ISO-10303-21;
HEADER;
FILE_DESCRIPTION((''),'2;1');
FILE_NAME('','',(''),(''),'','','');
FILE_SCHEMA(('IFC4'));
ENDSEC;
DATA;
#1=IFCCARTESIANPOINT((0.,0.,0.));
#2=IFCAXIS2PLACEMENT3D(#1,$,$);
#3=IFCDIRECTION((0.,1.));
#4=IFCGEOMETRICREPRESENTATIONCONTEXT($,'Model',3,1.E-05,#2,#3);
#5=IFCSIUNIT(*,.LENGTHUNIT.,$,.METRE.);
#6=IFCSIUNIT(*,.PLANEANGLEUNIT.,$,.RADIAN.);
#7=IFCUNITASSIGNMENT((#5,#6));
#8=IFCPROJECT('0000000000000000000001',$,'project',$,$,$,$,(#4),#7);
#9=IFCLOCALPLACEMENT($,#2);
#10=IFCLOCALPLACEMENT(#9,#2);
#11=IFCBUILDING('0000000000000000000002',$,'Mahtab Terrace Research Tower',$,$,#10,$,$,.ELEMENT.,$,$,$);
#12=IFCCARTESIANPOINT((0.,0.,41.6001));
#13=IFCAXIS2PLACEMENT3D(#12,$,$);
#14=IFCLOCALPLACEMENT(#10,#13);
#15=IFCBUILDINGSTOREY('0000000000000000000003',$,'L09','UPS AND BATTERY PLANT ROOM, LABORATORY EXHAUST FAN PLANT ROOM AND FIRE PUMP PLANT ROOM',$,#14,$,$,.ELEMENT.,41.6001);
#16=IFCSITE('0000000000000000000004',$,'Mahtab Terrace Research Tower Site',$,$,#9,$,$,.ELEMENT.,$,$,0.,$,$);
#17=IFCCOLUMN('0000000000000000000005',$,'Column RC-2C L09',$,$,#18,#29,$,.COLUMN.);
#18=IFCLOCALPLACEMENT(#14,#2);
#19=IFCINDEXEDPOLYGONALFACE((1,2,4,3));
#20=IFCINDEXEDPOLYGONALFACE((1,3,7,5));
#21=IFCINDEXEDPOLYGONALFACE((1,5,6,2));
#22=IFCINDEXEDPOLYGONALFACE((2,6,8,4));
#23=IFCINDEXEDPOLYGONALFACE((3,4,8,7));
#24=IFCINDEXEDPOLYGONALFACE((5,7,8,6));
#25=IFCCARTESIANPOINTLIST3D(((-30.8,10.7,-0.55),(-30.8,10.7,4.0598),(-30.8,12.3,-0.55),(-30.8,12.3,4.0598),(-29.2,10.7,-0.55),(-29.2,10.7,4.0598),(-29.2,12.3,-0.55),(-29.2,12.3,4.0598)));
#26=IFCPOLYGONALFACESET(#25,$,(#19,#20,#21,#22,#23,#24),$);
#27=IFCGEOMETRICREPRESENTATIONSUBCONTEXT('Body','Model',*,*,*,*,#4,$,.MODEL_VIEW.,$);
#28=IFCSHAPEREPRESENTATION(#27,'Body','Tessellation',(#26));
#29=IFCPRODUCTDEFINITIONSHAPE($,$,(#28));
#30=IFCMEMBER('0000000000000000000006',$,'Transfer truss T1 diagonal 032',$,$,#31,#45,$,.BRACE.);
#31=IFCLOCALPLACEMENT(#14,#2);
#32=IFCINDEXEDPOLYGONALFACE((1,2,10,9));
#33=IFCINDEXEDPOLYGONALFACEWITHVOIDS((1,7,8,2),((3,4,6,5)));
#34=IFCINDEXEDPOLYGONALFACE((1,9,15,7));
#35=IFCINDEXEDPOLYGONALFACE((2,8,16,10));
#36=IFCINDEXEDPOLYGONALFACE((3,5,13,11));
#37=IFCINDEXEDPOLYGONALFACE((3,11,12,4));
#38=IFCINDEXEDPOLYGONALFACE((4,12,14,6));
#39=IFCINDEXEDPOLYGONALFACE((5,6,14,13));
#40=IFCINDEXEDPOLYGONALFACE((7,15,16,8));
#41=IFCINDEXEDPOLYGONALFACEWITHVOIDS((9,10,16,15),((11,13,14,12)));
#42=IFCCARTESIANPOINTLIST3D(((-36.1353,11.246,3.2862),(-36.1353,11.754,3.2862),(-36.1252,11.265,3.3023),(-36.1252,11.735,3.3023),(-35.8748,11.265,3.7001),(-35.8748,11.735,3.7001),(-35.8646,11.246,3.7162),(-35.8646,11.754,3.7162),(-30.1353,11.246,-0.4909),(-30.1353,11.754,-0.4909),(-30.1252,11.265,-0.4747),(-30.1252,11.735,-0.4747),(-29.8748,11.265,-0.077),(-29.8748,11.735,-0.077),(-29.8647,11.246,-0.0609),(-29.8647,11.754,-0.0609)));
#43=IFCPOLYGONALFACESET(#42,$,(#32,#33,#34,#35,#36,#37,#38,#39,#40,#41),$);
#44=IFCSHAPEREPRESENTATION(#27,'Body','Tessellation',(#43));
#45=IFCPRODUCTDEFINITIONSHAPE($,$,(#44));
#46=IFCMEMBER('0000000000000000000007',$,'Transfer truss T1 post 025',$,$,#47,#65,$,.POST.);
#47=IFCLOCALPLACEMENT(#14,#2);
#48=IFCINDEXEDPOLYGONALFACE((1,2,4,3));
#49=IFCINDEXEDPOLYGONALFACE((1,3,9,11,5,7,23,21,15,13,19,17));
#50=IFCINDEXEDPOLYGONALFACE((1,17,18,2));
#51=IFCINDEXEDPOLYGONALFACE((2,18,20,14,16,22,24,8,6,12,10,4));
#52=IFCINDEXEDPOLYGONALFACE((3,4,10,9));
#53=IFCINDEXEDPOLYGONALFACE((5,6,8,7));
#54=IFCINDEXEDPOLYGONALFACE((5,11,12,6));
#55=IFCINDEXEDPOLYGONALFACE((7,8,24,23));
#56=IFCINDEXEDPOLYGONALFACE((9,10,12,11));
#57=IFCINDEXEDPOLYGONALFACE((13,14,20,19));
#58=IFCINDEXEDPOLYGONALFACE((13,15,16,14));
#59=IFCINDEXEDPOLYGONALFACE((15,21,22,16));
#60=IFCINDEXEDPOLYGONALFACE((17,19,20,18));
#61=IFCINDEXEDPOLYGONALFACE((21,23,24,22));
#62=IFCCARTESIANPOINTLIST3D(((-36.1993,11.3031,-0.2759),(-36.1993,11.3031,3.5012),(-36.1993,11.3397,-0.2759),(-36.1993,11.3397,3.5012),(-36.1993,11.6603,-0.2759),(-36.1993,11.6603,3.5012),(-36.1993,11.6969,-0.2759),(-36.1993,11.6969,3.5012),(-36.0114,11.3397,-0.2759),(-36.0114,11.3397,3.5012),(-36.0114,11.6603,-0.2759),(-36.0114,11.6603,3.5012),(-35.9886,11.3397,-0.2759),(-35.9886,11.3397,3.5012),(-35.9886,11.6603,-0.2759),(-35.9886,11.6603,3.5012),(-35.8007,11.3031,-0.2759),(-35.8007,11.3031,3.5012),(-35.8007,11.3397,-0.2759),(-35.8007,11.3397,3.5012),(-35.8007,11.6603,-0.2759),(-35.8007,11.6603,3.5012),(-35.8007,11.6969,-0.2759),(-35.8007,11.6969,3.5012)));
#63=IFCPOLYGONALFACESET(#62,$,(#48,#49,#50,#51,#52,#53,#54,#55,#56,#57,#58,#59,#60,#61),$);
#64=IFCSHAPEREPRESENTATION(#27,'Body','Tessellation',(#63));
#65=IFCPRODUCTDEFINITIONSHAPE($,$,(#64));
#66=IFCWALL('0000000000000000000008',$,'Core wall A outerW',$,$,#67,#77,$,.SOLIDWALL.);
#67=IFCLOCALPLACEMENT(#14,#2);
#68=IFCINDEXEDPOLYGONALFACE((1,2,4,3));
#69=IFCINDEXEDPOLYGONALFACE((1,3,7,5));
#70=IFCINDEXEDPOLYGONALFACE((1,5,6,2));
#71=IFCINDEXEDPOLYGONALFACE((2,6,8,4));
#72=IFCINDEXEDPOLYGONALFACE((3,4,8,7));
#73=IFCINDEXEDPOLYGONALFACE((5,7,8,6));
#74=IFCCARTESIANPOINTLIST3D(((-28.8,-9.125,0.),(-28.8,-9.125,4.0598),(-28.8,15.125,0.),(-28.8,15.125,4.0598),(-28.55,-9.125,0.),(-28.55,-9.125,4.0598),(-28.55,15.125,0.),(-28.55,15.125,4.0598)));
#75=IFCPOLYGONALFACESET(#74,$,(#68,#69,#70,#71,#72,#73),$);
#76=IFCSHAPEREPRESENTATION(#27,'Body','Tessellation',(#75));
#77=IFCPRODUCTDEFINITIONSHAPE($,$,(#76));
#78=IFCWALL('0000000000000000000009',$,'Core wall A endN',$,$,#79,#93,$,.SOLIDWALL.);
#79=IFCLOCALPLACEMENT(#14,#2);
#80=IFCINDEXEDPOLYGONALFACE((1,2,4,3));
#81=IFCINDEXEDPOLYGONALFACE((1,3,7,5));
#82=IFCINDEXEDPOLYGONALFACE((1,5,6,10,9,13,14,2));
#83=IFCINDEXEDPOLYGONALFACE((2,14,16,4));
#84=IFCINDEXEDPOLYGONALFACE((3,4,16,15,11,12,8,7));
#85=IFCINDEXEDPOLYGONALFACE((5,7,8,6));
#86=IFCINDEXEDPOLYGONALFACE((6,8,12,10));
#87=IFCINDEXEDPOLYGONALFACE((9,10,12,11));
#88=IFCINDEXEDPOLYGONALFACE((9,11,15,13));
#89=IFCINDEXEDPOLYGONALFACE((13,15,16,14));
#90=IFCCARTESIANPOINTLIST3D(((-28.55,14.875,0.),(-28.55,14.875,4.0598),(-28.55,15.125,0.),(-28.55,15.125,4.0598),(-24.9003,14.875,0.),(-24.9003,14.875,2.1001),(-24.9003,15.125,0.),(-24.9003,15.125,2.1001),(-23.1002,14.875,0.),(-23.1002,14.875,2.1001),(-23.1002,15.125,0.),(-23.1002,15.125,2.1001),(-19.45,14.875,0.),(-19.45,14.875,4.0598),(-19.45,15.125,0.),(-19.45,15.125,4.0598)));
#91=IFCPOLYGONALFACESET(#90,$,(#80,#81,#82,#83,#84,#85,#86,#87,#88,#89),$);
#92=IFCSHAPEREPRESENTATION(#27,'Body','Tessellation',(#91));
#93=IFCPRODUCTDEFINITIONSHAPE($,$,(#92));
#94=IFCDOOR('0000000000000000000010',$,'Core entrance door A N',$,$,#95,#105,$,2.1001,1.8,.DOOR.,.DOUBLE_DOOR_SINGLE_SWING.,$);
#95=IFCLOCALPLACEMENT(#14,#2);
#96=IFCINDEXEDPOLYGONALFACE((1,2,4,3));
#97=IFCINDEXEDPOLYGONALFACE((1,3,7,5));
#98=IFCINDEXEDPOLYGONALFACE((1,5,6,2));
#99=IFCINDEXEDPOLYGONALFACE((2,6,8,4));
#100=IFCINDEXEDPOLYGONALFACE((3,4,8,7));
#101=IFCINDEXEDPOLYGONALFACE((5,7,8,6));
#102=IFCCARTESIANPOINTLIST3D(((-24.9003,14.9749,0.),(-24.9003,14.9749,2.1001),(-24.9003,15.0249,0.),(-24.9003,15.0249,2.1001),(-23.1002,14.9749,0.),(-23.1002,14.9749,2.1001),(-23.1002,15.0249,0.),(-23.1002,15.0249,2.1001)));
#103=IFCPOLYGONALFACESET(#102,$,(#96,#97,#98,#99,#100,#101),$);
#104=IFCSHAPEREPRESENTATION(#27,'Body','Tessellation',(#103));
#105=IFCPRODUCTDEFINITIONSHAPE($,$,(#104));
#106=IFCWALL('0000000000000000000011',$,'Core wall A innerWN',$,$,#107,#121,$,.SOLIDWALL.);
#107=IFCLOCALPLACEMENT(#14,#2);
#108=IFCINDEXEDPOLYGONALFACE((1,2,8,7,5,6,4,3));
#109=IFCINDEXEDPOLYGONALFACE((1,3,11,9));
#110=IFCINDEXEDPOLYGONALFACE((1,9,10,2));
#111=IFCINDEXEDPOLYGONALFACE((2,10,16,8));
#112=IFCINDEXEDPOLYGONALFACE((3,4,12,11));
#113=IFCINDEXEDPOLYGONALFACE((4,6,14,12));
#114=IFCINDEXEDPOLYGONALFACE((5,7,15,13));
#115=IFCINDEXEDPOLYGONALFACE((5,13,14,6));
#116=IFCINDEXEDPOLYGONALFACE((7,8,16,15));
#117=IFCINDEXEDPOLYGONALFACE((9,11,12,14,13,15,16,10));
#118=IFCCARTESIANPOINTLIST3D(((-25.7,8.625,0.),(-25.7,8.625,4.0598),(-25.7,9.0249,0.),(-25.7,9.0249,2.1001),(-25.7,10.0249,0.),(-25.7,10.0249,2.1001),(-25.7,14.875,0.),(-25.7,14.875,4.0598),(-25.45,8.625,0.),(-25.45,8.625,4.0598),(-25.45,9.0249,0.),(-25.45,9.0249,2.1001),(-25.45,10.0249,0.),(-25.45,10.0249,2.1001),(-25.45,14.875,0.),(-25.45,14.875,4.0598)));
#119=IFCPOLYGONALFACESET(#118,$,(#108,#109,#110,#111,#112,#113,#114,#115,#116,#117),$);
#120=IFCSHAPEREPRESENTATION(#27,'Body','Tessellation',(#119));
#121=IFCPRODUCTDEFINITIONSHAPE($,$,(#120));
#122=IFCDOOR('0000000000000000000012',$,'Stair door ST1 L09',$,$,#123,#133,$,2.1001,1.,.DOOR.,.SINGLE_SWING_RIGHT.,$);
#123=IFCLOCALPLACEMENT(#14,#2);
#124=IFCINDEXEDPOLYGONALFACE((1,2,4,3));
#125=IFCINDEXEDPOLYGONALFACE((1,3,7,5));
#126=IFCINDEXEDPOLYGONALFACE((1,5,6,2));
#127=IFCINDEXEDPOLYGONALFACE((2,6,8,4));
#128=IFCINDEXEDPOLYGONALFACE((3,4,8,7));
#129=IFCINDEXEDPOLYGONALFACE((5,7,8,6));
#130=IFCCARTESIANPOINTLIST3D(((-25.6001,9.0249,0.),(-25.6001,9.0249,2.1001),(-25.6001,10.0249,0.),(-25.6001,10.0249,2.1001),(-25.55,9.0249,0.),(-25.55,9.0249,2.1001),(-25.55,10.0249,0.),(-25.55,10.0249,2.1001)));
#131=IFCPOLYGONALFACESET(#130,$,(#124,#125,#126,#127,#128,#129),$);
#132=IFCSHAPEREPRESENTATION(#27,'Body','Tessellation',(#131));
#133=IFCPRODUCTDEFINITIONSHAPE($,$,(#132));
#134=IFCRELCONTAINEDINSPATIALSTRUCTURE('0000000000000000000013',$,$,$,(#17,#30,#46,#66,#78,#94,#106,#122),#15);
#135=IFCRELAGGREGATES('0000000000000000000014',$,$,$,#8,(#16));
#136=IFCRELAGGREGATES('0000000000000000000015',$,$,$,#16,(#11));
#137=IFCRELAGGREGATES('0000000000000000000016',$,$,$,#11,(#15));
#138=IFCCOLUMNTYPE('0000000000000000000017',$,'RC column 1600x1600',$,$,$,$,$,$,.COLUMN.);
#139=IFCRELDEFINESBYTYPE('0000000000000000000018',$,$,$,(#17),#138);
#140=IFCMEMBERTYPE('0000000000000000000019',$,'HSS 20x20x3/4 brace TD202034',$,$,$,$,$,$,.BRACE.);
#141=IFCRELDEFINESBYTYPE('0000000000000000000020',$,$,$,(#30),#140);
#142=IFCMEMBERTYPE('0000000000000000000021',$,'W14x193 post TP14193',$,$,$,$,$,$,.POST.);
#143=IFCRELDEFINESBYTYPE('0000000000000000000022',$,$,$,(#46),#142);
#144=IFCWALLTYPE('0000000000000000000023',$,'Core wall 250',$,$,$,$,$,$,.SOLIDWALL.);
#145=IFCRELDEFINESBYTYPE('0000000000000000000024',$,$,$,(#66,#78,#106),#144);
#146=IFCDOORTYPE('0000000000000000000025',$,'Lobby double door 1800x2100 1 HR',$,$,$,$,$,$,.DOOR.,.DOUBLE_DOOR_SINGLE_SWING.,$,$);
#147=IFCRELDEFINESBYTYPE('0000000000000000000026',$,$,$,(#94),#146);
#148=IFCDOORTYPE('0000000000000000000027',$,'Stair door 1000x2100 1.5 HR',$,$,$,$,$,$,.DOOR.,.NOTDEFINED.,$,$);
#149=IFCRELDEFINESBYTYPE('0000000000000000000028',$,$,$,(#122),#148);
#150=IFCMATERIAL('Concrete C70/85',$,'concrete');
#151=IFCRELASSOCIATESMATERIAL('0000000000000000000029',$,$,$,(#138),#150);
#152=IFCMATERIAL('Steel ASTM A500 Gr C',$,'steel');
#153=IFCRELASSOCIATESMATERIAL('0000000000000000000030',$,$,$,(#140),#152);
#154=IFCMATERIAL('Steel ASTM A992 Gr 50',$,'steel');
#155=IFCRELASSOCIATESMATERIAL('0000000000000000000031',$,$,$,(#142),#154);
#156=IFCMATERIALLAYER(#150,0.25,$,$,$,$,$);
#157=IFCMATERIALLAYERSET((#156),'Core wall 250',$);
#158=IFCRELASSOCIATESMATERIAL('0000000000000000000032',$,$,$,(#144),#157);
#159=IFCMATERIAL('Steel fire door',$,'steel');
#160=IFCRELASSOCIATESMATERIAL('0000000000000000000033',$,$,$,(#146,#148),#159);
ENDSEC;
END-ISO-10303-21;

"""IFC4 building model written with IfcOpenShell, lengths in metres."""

from ifc_helpers import new_model, si_unit, direction, frame, frame_2d, origin, origin_2d, place, context, subcontext, project, spatial, rectangle, hollow_rectangle, i_section, extrude, material, layer, layer_set, material_profile, profile_set, type_object, element, fill, save


model = new_model("IFC4")

# Units and contexts
model_context = context("Model", 3, precision=1e-05, world=origin(), true_north=direction((0.0, 1.0)))
body_context = subcontext(model_context, "Body", "Model", "MODEL_VIEW")
ifc_project = project(units=[si_unit("LENGTHUNIT", "METRE"), si_unit("PLANEANGLEUNIT", "RADIAN")], contexts=[model_context])

# Site, building, storey
site_placement = place(None, origin())
site = spatial("IfcSite", under=ifc_project, at=site_placement, Name="Mahtab Terrace Research Tower Site", CompositionType="ELEMENT", RefElevation=0.0)
building_placement = place(site_placement, origin())
building = spatial("IfcBuilding", under=site, at=building_placement, Name="Mahtab Terrace Research Tower", CompositionType="ELEMENT")
storey_placement = place(building_placement, frame((0.0, 0.0, 41.6001)))
storey = spatial("IfcBuildingStorey", under=building, at=storey_placement, Name="L09", Description="UPS AND BATTERY PLANT ROOM, LABORATORY EXHAUST FAN PLANT ROOM AND FIRE PUMP PLANT ROOM", CompositionType="ELEMENT", Elevation=41.6001)

# Column
ifc_material_1 = material(Name="Concrete C70/85", Category="concrete")
ifc_material_profile_1 = material_profile(ifc_material_1, rectangle(XDim=1.6001, YDim=1.6001, at=origin_2d()), Name="RC column 1600x1600")
ifc_profile_set_1 = profile_set([ifc_material_profile_1], Name="Concrete C70/85")
column_type = type_object("IfcColumnType", Name="RC column 1600x1600", PredefinedType="COLUMN", material=ifc_profile_set_1)
column_placement = place(storey_placement, frame((-30.0, 11.5, -0.55), z_axis=(0.0, 0.0, 1.0), x_axis=(1.0, 0.0, 0.0)))
element("IfcColumn", 1, at=column_placement, inside=storey, type_object=column_type, Name="Column RC-2C L09", PredefinedType="COLUMN", context=body_context, shape_type="SweptSolid", body=[
    extrude(rectangle(XDim=1.6001, YDim=1.6001, at=origin_2d()), origin(), (0.0, 0.0, 1.0), 4.6099),
])

# Members
ifc_material_2 = material(Name="Steel ASTM A500 Gr C", Category="steel")
ifc_material_profile_2 = material_profile(ifc_material_2, hollow_rectangle(XDim=0.5081, YDim=0.5081, WallThickness=0.019, at=origin_2d()), Name="HSS20X20X3/4")
ifc_profile_set_2 = profile_set([ifc_material_profile_2], Name="Steel ASTM A500 Gr C")
member_type_1 = type_object("IfcMemberType", Name="HSS 20x20x3/4 brace TD202034", PredefinedType="BRACE", material=ifc_profile_set_2)
member_1_placement = place(storey_placement, frame((-30.0, 11.5, -0.2759), z_axis=(-0.846276, 0.0, 0.532745), x_axis=(0.0, -1.0, 0.0)))
element("IfcMember", 2, at=member_1_placement, inside=storey, type_object=member_type_1, Name="Transfer truss T1 diagonal 032", PredefinedType="BRACE", context=body_context, shape_type="SweptSolid", body=[
    extrude(hollow_rectangle(XDim=0.5081, YDim=0.5081, WallThickness=0.019, at=origin_2d()), origin(), (0.0, 0.0, 1.0), 7.0898),
])
ifc_material_3 = material(Name="Steel ASTM A992 Gr 50", Category="steel")
ifc_material_profile_3 = material_profile(ifc_material_3, i_section(OverallWidth=0.3987, OverallDepth=0.3938, WebThickness=0.0227, FlangeThickness=0.0366, at=origin_2d()), Name="W14X193")
ifc_profile_set_3 = profile_set([ifc_material_profile_3], Name="Steel ASTM A992 Gr 50")
member_type_2 = type_object("IfcMemberType", Name="W14x193 post TP14193", PredefinedType="POST", material=ifc_profile_set_3)
member_2_placement = place(storey_placement, frame((-36.0, 11.5, -0.2759), z_axis=(0.0, 0.0, 1.0), x_axis=(1.0, 0.0, 0.0)))
element("IfcMember", 3, at=member_2_placement, inside=storey, type_object=member_type_2, Name="Transfer truss T1 post 025", PredefinedType="POST", context=body_context, shape_type="SweptSolid", body=[
    extrude(i_section(OverallWidth=0.3987, OverallDepth=0.3938, WebThickness=0.0227, FlangeThickness=0.0366, at=origin_2d()), origin(), (0.0, 0.0, 1.0), 3.7771),
])

# Wall
ifc_layer_1 = layer(ifc_material_1, 0.25)
ifc_layer_set_1 = layer_set([ifc_layer_1], Name="Core wall 250")
wall_type_1 = type_object("IfcWallType", Name="Core wall 250", PredefinedType="SOLIDWALL", material=ifc_layer_set_1)
wall_1_placement = place(storey_placement, frame((-28.675, 15.125, 0.0), z_axis=(0.0, 0.0, 1.0), x_axis=(0.0, -1.0, 0.0)))
element("IfcWall", 4, at=wall_1_placement, inside=storey, type_object=wall_type_1, Name="Core wall A outerW", PredefinedType="SOLIDWALL", context=body_context, shape_type="SweptSolid", body=[
    extrude(rectangle(XDim=24.25, YDim=0.25, at=frame_2d((12.125, 0.0))), origin(), (0.0, 0.0, 1.0), 4.0598),
])

# Walls, openings, doors
wall_2_placement = place(storey_placement, frame((-28.55, 15.0, 0.0), z_axis=(0.0, 0.0, 1.0), x_axis=(1.0, 0.0, 0.0)))
wall_2 = element("IfcWall", 5, at=wall_2_placement, inside=storey, type_object=wall_type_1, Name="Core wall A endN", PredefinedType="SOLIDWALL", context=body_context, shape_type="SweptSolid", body=[
    extrude(rectangle(XDim=9.1001, YDim=0.25, at=frame_2d((4.55, 0.0))), origin(), (0.0, 0.0, 1.0), 4.0598),
])
opening_1_placement = place(wall_2_placement, frame((3.6499, 0.0, 0.0)))
opening_1 = element("IfcOpeningElement", 6, at=opening_1_placement, cuts=wall_2, PredefinedType="OPENING", context=body_context, shape_type="SweptSolid", body=[
    extrude(rectangle(XDim=1.8, YDim=2.1001, at=frame_2d((0.8999, 1.05))), frame((0.0, 0.135, 0.0), z_axis=(0.0, -1.0, 0.0), x_axis=(1.0, 0.0, 0.0)), (0.0, 0.0, 1.0), 0.27),
])
ifc_material_4 = material(Name="Steel fire door", Category="steel")
door_type_1 = type_object("IfcDoorType", Name="Lobby double door 1800x2100 1 HR", OperationType="DOUBLE_DOOR_SINGLE_SWING", PredefinedType="DOOR", material=ifc_material_4)
door_1_placement = place(opening_1_placement, origin())
door_1 = element("IfcDoor", 7, at=door_1_placement, inside=storey, type_object=door_type_1, Name="Core entrance door A N", OperationType="DOUBLE_DOOR_SINGLE_SWING", OverallHeight=2.1001, OverallWidth=1.8, PredefinedType="DOOR", context=body_context, shape_type="SweptSolid", body=[
    extrude(rectangle(XDim=1.8, YDim=2.1001, at=frame_2d((0.8999, 1.05))), frame((0.0, 0.0249, 0.0), z_axis=(0.0, -1.0, 0.0), x_axis=(1.0, 0.0, 0.0)), (0.0, 0.0, 1.0), 0.05),
])
fill(opening_1, door_1)
wall_3_placement = place(storey_placement, frame((-25.575, 14.875, 0.0), z_axis=(0.0, 0.0, 1.0), x_axis=(0.0, -1.0, 0.0)))
wall_3 = element("IfcWall", 8, at=wall_3_placement, inside=storey, type_object=wall_type_1, Name="Core wall A innerWN", PredefinedType="SOLIDWALL", context=body_context, shape_type="SweptSolid", body=[
    extrude(rectangle(XDim=6.25, YDim=0.25, at=frame_2d((3.125, 0.0))), origin(), (0.0, 0.0, 1.0), 4.0598),
])
opening_2_placement = place(wall_3_placement, frame((4.8501, 0.0, 0.0)))
opening_2 = element("IfcOpeningElement", 9, at=opening_2_placement, cuts=wall_3, PredefinedType="OPENING", context=body_context, shape_type="SweptSolid", body=[
    extrude(rectangle(XDim=1.0, YDim=2.1001, at=frame_2d((0.5, 1.05))), frame((0.0, 0.135, 0.0), z_axis=(0.0, -1.0, 0.0), x_axis=(1.0, 0.0, 0.0)), (0.0, 0.0, 1.0), 0.27),
])
door_type_2 = type_object("IfcDoorType", Name="Stair door 1000x2100 1.5 HR", OperationType="NOTDEFINED", PredefinedType="DOOR", material=ifc_material_4)
door_2_placement = place(opening_2_placement, origin())
door_2 = element("IfcDoor", 10, at=door_2_placement, inside=storey, type_object=door_type_2, Name="Stair door ST1 L09", OperationType="SINGLE_SWING_RIGHT", OverallHeight=2.1001, OverallWidth=1.0, PredefinedType="DOOR", context=body_context, shape_type="SweptSolid", body=[
    extrude(rectangle(XDim=1.0, YDim=2.1001, at=frame_2d((0.5, 1.05))), frame((0.0, 0.0249, 0.0), z_axis=(0.0, -1.0, 0.0), x_axis=(1.0, 0.0, 0.0)), (0.0, 0.0, 1.0), 0.05),
])
fill(opening_2, door_2)

save(model, "model.ifc")
